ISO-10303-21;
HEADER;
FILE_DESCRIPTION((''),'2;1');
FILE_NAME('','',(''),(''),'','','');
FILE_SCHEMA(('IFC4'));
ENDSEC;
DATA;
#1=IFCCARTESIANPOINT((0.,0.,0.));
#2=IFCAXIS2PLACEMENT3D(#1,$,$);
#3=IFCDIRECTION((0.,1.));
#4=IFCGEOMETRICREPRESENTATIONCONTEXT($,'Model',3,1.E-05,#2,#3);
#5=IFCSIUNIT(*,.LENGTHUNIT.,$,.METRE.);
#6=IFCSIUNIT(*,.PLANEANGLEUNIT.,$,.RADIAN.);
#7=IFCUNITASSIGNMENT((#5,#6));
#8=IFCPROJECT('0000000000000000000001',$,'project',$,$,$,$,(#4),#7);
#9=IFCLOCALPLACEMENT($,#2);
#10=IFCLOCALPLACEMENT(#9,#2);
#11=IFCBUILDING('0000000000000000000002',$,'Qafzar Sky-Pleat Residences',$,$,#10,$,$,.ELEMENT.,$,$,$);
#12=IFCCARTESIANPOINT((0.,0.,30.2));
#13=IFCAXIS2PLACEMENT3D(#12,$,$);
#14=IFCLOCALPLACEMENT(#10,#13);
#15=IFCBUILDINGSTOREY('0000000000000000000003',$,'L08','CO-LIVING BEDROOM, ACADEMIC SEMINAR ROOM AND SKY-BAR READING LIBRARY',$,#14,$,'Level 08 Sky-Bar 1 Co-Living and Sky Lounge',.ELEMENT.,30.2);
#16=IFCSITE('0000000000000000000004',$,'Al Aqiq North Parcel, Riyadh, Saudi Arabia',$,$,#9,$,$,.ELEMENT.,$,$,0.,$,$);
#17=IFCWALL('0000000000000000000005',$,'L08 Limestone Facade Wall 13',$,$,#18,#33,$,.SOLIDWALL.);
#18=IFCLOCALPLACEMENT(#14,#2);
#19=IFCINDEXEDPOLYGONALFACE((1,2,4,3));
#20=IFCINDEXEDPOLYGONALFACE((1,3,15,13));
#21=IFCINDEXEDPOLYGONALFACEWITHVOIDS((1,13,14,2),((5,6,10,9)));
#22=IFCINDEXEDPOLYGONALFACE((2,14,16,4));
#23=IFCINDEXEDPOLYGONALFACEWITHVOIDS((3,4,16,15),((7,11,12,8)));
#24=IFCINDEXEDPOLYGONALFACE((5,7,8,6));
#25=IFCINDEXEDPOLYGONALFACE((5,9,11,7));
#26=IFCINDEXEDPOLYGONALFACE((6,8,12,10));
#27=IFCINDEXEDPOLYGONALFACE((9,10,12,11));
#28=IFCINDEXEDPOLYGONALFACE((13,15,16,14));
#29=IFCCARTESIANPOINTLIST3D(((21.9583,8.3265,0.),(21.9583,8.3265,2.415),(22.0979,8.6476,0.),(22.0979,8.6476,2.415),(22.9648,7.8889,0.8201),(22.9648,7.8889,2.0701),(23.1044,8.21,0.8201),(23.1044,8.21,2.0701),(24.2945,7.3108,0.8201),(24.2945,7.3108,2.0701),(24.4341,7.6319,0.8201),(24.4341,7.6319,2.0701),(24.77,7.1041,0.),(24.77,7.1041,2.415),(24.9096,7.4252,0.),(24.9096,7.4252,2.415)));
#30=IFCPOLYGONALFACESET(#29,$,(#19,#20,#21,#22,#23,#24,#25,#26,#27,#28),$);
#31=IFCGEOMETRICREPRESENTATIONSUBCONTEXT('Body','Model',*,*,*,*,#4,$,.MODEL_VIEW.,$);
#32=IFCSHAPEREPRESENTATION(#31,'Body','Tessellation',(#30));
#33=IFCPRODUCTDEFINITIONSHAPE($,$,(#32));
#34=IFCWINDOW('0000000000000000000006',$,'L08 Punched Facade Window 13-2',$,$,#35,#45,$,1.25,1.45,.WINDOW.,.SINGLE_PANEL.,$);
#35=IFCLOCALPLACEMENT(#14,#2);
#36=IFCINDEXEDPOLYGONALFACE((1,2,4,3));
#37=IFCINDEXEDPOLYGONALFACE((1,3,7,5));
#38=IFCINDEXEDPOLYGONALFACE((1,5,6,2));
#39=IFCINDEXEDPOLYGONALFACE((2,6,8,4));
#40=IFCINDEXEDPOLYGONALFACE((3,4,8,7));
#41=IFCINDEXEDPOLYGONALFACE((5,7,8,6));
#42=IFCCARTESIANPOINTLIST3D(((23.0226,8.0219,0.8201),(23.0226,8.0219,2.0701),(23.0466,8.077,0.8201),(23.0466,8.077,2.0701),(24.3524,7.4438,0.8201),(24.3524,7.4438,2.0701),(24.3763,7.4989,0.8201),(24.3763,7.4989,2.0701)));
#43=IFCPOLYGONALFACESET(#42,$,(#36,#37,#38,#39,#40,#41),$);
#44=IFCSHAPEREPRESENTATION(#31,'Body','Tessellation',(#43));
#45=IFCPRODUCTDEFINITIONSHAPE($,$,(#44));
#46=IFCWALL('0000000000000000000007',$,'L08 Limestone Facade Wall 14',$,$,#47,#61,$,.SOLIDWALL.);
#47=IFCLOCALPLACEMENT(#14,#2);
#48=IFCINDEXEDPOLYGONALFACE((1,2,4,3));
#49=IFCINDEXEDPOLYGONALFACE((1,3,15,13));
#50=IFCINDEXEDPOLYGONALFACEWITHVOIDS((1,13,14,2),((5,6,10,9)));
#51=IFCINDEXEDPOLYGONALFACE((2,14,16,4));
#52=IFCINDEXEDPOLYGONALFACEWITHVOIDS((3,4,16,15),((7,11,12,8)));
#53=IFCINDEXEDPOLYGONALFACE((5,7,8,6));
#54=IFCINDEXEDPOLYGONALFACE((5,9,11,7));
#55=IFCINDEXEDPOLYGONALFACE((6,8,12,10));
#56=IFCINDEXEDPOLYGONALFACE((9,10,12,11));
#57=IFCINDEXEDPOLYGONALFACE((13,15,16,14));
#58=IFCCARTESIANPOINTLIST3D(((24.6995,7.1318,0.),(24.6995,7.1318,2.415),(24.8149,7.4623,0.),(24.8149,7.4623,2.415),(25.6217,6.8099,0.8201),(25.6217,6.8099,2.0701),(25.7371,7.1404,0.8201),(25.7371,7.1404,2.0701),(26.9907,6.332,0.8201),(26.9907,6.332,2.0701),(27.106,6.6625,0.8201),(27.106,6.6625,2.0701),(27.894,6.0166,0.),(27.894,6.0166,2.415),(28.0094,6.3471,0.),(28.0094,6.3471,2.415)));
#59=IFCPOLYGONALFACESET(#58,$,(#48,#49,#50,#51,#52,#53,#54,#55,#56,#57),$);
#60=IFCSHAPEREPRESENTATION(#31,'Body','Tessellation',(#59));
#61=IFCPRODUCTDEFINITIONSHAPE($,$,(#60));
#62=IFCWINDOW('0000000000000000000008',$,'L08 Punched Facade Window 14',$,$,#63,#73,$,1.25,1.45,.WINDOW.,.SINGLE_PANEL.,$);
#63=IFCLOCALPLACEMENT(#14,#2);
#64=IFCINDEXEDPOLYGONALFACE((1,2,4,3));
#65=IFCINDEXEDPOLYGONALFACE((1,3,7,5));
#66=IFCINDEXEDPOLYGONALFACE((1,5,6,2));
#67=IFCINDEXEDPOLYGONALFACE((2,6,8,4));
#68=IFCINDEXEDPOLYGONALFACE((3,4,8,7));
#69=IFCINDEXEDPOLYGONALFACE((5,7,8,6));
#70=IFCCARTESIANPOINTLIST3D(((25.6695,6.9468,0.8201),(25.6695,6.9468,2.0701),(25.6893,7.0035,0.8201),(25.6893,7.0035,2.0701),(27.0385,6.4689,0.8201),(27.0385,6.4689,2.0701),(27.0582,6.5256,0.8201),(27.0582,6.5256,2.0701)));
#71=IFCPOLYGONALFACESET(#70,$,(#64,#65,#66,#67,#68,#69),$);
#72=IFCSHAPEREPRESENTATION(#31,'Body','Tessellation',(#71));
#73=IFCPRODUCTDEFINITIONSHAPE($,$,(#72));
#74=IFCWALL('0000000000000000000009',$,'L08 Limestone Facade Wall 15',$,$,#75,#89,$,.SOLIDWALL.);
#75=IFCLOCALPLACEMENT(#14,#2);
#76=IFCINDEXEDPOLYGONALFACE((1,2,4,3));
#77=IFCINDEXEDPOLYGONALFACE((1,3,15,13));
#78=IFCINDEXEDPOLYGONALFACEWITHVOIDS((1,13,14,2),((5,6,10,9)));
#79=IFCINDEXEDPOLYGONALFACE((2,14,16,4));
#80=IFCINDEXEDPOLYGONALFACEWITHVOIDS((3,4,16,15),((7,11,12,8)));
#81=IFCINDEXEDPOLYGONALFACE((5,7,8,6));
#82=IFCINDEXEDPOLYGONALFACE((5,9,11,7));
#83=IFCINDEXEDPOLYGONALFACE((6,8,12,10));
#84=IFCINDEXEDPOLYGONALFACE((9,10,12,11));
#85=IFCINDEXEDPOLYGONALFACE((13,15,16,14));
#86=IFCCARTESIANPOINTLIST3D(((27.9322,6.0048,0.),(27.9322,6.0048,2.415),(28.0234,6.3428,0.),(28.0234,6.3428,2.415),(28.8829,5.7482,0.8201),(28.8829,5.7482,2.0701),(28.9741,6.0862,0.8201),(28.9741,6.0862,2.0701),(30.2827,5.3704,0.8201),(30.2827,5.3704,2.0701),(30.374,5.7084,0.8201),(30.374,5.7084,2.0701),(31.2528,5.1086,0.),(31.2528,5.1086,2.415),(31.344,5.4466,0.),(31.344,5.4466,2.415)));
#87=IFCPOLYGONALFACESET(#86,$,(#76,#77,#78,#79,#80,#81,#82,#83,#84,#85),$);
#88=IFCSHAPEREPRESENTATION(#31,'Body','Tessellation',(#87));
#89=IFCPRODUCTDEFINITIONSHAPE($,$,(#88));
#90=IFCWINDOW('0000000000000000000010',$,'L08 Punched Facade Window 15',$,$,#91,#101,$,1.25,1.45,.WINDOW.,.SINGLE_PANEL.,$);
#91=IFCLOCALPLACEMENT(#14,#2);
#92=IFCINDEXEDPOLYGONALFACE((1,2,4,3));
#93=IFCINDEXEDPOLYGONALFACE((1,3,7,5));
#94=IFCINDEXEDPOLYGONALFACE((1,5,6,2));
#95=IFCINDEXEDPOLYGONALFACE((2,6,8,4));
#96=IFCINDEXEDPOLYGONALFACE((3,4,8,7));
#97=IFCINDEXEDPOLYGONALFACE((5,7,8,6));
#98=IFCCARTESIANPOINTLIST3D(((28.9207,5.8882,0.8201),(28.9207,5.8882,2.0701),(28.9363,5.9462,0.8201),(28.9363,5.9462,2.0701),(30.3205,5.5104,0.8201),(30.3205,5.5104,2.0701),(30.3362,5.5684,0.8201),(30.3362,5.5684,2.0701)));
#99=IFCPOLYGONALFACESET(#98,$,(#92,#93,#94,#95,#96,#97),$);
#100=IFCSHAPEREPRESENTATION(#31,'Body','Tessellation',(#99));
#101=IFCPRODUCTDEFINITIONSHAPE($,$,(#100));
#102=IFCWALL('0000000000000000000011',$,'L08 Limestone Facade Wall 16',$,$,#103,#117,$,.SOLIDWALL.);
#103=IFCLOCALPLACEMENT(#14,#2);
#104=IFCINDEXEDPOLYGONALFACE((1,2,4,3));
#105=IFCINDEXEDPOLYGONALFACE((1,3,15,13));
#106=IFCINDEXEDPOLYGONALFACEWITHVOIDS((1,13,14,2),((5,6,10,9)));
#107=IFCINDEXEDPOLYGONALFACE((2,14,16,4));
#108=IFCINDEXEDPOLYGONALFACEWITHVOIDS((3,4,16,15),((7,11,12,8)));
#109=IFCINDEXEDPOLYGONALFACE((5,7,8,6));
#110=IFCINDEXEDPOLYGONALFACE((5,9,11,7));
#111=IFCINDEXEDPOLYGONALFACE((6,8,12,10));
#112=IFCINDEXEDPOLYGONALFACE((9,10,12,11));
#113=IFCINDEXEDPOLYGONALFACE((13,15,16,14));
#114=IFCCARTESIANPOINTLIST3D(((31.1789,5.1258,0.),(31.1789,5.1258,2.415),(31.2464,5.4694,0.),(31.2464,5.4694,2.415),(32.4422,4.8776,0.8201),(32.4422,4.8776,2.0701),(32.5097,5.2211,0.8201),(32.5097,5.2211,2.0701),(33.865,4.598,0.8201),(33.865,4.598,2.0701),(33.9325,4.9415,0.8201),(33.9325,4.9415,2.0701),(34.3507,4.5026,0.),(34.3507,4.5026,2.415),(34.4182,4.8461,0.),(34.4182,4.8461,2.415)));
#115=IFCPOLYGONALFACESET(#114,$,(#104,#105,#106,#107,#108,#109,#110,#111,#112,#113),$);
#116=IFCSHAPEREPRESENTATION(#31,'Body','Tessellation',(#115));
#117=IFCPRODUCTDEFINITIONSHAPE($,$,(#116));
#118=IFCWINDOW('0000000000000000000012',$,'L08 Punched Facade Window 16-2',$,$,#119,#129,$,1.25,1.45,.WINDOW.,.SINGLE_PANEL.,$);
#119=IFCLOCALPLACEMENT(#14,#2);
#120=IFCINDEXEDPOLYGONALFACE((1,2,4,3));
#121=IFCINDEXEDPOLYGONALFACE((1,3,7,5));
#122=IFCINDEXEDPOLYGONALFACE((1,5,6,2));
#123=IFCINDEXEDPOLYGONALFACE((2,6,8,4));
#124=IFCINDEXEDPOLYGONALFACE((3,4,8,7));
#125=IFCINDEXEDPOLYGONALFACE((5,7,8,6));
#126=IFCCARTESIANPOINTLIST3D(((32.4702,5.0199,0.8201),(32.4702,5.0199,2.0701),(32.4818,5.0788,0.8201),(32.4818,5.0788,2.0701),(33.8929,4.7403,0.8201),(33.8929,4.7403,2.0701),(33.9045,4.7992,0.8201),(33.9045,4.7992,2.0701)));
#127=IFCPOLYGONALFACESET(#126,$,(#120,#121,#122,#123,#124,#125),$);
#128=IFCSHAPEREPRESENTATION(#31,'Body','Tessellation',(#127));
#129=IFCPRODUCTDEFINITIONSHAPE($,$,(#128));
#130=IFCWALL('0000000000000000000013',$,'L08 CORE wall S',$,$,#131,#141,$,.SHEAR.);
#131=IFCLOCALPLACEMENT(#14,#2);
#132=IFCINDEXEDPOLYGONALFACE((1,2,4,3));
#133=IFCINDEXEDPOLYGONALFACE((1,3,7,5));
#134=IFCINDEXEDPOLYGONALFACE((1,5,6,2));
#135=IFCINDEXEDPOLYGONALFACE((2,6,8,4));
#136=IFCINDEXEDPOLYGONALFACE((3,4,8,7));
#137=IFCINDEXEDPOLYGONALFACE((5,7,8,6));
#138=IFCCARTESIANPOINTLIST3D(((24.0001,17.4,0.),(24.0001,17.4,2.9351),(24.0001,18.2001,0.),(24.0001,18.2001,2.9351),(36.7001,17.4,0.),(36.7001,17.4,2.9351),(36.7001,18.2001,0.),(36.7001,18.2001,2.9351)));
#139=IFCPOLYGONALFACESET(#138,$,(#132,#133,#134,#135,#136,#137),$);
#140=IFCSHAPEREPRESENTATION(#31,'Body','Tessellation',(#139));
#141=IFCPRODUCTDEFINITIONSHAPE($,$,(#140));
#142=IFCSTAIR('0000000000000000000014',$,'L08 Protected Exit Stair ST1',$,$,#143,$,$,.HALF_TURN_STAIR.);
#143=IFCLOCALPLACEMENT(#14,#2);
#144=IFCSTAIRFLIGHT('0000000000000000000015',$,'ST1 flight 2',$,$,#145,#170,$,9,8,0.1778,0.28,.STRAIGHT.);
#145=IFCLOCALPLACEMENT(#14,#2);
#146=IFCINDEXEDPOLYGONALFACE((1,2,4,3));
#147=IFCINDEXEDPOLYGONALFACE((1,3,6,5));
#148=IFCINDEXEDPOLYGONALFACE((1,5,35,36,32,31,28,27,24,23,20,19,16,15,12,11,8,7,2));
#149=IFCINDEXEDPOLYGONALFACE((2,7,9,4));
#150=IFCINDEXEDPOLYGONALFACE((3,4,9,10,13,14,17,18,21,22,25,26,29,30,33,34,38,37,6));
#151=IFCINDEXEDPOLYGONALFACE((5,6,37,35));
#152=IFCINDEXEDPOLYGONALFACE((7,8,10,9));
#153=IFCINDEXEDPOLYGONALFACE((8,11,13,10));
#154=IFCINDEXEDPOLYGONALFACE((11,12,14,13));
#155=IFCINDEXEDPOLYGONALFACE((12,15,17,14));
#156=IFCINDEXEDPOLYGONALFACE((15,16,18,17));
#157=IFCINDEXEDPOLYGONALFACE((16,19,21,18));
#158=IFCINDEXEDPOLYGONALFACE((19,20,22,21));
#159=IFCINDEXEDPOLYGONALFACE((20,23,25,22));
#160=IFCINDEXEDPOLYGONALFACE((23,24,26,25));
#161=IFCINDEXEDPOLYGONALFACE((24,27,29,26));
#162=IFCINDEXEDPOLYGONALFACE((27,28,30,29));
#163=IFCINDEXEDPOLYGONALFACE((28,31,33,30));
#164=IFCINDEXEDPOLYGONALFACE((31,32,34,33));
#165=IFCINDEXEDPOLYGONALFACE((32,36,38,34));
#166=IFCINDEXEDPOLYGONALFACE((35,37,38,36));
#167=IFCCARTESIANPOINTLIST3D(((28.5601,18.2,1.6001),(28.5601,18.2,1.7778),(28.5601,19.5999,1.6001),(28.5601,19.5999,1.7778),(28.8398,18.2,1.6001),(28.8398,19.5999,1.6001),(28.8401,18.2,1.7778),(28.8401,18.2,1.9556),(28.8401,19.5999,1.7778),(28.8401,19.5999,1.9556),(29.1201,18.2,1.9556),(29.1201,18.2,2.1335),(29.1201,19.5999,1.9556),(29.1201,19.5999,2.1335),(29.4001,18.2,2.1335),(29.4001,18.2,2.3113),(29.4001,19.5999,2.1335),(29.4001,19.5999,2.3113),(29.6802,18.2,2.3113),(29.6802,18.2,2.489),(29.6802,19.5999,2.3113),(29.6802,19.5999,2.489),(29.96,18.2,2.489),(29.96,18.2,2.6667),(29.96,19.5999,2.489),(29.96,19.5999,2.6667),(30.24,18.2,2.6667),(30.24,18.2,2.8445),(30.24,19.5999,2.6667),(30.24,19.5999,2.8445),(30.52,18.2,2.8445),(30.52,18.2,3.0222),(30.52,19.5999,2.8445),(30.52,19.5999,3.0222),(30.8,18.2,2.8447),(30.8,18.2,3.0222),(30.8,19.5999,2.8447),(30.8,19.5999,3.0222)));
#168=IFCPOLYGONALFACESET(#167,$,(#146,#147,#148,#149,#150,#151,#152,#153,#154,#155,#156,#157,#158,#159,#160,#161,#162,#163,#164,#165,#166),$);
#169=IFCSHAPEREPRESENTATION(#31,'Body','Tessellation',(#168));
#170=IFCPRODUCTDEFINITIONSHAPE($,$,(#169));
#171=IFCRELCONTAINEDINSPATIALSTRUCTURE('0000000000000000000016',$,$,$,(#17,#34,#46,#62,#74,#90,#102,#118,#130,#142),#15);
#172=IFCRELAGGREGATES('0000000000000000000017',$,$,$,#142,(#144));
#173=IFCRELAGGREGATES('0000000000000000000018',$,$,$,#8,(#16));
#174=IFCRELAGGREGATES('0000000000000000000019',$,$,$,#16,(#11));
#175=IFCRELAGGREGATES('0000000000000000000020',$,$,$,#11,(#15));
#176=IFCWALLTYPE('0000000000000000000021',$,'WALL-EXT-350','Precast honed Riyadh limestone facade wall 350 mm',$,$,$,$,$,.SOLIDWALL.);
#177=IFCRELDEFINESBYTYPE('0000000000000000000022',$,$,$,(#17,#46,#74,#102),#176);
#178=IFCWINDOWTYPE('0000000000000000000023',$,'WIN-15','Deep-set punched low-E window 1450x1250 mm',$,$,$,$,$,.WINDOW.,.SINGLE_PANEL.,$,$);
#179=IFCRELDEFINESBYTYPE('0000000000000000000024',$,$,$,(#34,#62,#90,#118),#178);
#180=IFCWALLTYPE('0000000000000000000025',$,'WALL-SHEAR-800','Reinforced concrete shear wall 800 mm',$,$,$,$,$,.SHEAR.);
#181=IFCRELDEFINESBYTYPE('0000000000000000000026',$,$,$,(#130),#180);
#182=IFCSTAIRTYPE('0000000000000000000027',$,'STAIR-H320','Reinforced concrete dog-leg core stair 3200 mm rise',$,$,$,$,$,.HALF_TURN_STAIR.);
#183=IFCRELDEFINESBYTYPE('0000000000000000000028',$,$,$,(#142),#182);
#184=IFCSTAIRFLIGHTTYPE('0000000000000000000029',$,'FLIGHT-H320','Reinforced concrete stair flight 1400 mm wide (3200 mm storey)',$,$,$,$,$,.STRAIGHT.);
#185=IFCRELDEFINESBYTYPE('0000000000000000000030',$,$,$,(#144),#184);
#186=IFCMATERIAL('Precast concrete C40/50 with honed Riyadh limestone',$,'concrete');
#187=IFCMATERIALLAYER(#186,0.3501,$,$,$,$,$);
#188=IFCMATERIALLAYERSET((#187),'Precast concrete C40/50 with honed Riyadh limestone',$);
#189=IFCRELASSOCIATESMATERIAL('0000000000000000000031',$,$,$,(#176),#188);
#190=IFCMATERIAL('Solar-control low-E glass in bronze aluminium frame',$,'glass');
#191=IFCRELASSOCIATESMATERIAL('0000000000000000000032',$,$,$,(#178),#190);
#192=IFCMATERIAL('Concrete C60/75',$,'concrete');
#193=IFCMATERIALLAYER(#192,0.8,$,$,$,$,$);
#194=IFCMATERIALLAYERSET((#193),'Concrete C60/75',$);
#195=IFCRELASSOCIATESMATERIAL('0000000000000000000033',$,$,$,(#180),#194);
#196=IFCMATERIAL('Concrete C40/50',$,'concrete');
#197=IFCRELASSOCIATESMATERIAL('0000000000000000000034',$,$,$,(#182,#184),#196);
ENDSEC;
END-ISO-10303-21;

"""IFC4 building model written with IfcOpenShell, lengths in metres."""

from ifc_helpers import new_model, si_unit, direction, frame, frame_2d, origin, place, context, subcontext, project, spatial, polyline, rectangle, outline, extrude, source, transform, mapped, material, layer, layer_set, type_object, element, fill, aggregate, save


model = new_model("IFC4")

# Units and contexts
model_context = context("Model", 3, precision=1e-05, world=origin(), true_north=direction((0.0, 1.0)))
body_context = subcontext(model_context, "Body", "Model", "MODEL_VIEW")
ifc_project = project(units=[si_unit("LENGTHUNIT", "METRE"), si_unit("PLANEANGLEUNIT", "RADIAN")], contexts=[model_context])

# Site, building, storey
site_placement = place(None, origin())
site = spatial("IfcSite", under=ifc_project, at=site_placement, Name="Al Aqiq North Parcel, Riyadh, Saudi Arabia", CompositionType="ELEMENT", RefElevation=0.0)
building_placement = place(site_placement, origin())
building = spatial("IfcBuilding", under=site, at=building_placement, Name="Qafzar Sky-Pleat Residences", CompositionType="ELEMENT")
storey_placement = place(building_placement, frame((0.0, 0.0, 30.2)))
storey = spatial("IfcBuildingStorey", under=building, at=storey_placement, Name="L08", Description="CO-LIVING BEDROOM, ACADEMIC SEMINAR ROOM AND SKY-BAR READING LIBRARY", LongName="Level 08 Sky-Bar 1 Co-Living and Sky Lounge", CompositionType="ELEMENT", Elevation=30.2)

# Shared definitions
ifc_material_1 = material(Name="Concrete C60/75", Category="concrete")

# Walls, openings, windows
ifc_material_2 = material(Name="Precast concrete C40/50 with honed Riyadh limestone", Category="concrete")
ifc_layer_1 = layer(ifc_material_2, 0.3501)
ifc_layer_set_1 = layer_set([ifc_layer_1], Name="Precast concrete C40/50 with honed Riyadh limestone")
wall_type_1 = type_object("IfcWallType", Name="WALL-EXT-350", Description="Precast honed Riyadh limestone facade wall 350 mm", PredefinedType="SOLIDWALL", material=ifc_layer_set_1)
wall_1_placement = place(storey_placement, frame((22.0281, 8.4871, 0.0), z_axis=(0.0, 0.0, 1.0), x_axis=(0.917081, -0.3987, 0.0)))
wall_1 = element("IfcWall", 1, at=wall_1_placement, inside=storey, type_object=wall_type_1, Name="L08 Limestone Facade Wall 13", PredefinedType="SOLIDWALL", context=body_context, shape_type="SweptSolid", body=[
    extrude(rectangle(XDim=3.0659, YDim=0.3501, at=frame_2d((1.533, 0.0))), origin(), (0.0, 0.0, 1.0), 2.415),
])
opening_1_placement = place(wall_1_placement, frame((1.0974, 0.0, 0.8201)))
opening_1 = element("IfcOpeningElement", 2, at=opening_1_placement, cuts=wall_1, PredefinedType="OPENING", context=body_context, shape_type="SweptSolid", body=[
    extrude(rectangle(XDim=1.45, YDim=1.25, at=frame_2d((0.7251, 0.625))), frame((0.0, 0.1851, 0.0), z_axis=(0.0, -1.0, 0.0), x_axis=(1.0, 0.0, 0.0)), (0.0, 0.0, 1.0), 0.3701),
])
ifc_material_3 = material(Name="Solar-control low-E glass in bronze aluminium frame", Category="glass")
window_type = type_object("IfcWindowType", Name="WIN-15", Description="Deep-set punched low-E window 1450x1250 mm", PartitioningType="SINGLE_PANEL", PredefinedType="WINDOW", material=ifc_material_3)
shared_shape_1 = source(origin(), body_context, "Body", "SweptSolid", [
    extrude(rectangle(XDim=1.45, YDim=1.25, at=frame_2d((0.7251, 0.625))), frame((0.0, 0.03, 0.0), z_axis=(0.0, -1.0, 0.0), x_axis=(1.0, 0.0, 0.0)), (0.0, 0.0, 1.0), 0.0601),
])
window_1_placement = place(opening_1_placement, origin())
window_1 = element("IfcWindow", 3, at=window_1_placement, inside=storey, type_object=window_type, Name="L08 Punched Facade Window 13-2", OverallHeight=1.25, OverallWidth=1.45, PartitioningType="SINGLE_PANEL", PredefinedType="WINDOW", context=body_context, shape_type="MappedRepresentation", body=[
    mapped(shared_shape_1, transform((0.0, 0.0, 0.0), x_axis=(1.0, 0.0, 0.0), y_axis=(0.0, 1.0, 0.0), z_axis=(0.0, 0.0, 1.0), scale=1.0)),
])
fill(opening_1, window_1)
wall_2_placement = place(storey_placement, frame((24.7571, 7.2971, 0.0), z_axis=(0.0, 0.0, 1.0), x_axis=(0.944122, -0.329595, 0.0)))
wall_2 = element("IfcWall", 4, at=wall_2_placement, inside=storey, type_object=wall_type_1, Name="L08 Limestone Facade Wall 14", PredefinedType="SOLIDWALL", context=body_context, shape_type="SweptSolid", body=[
    extrude(rectangle(XDim=3.3835, YDim=0.3501, at=frame_2d((1.6919, 0.0))), origin(), (0.0, 0.0, 1.0), 2.415),
])
opening_2_placement = place(wall_2_placement, frame((0.9768, 0.0, 0.8201)))
opening_2 = element("IfcOpeningElement", 5, at=opening_2_placement, cuts=wall_2, PredefinedType="OPENING", context=body_context, shape_type="SweptSolid", body=[
    extrude(rectangle(XDim=1.45, YDim=1.25, at=frame_2d((0.7251, 0.625))), frame((0.0, 0.1851, 0.0), z_axis=(0.0, -1.0, 0.0), x_axis=(1.0, 0.0, 0.0)), (0.0, 0.0, 1.0), 0.3701),
])
window_2_placement = place(opening_2_placement, origin())
window_2 = element("IfcWindow", 6, at=window_2_placement, inside=storey, type_object=window_type, Name="L08 Punched Facade Window 14", OverallHeight=1.25, OverallWidth=1.45, PartitioningType="SINGLE_PANEL", PredefinedType="WINDOW", context=body_context, shape_type="MappedRepresentation", body=[
    mapped(shared_shape_1, transform((0.0, 0.0, 0.0), x_axis=(1.0, 0.0, 0.0), y_axis=(0.0, 1.0, 0.0), z_axis=(0.0, 0.0, 1.0), scale=1.0)),
])
fill(opening_2, window_2)
wall_3_placement = place(storey_placement, frame((27.9778, 6.1738, 0.0), z_axis=(0.0, 0.0, 1.0), x_axis=(0.965452, -0.260582, 0.0)))
wall_3 = element("IfcWall", 7, at=wall_3_placement, inside=storey, type_object=wall_type_1, Name="L08 Limestone Facade Wall 15", PredefinedType="SOLIDWALL", context=body_context, shape_type="SweptSolid", body=[
    extrude(rectangle(XDim=3.4395, YDim=0.3501, at=frame_2d((1.7197, 0.0))), origin(), (0.0, 0.0, 1.0), 2.415),
])
opening_3_placement = place(wall_3_placement, frame((0.9846, 0.0, 0.8201)))
opening_3 = element("IfcOpeningElement", 8, at=opening_3_placement, cuts=wall_3, PredefinedType="OPENING", context=body_context, shape_type="SweptSolid", body=[
    extrude(rectangle(XDim=1.45, YDim=1.25, at=frame_2d((0.7251, 0.625))), frame((0.0, 0.1851, 0.0), z_axis=(0.0, -1.0, 0.0), x_axis=(1.0, 0.0, 0.0)), (0.0, 0.0, 1.0), 0.3701),
])
window_3_placement = place(opening_3_placement, origin())
window_3 = element("IfcWindow", 9, at=window_3_placement, inside=storey, type_object=window_type, Name="L08 Punched Facade Window 15", OverallHeight=1.25, OverallWidth=1.45, PartitioningType="SINGLE_PANEL", PredefinedType="WINDOW", context=body_context, shape_type="MappedRepresentation", body=[
    mapped(shared_shape_1, transform((0.0, 0.0, 0.0), x_axis=(1.0, 0.0, 0.0), y_axis=(0.0, 1.0, 0.0), z_axis=(0.0, 0.0, 1.0), scale=1.0)),
])
fill(opening_3, window_3)
wall_4_placement = place(storey_placement, frame((31.2126, 5.2976, 0.0), z_axis=(0.0, 0.0, 1.0), x_axis=(0.981235, -0.192818, 0.0)))
wall_4 = element("IfcWall", 10, at=wall_4_placement, inside=storey, type_object=wall_type_1, Name="L08 Limestone Facade Wall 16", PredefinedType="SOLIDWALL", context=body_context, shape_type="SweptSolid", body=[
    extrude(rectangle(XDim=3.2324, YDim=0.3501, at=frame_2d((1.6162, 0.0))), origin(), (0.0, 0.0, 1.0), 2.415),
])
opening_4_placement = place(wall_4_placement, frame((1.2874, 0.0, 0.8201)))
opening_4 = element("IfcOpeningElement", 11, at=opening_4_placement, cuts=wall_4, PredefinedType="OPENING", context=body_context, shape_type="SweptSolid", body=[
    extrude(rectangle(XDim=1.45, YDim=1.25, at=frame_2d((0.7251, 0.625))), frame((0.0, 0.1851, 0.0), z_axis=(0.0, -1.0, 0.0), x_axis=(1.0, 0.0, 0.0)), (0.0, 0.0, 1.0), 0.3701),
])
window_4_placement = place(opening_4_placement, origin())
window_4 = element("IfcWindow", 12, at=window_4_placement, inside=storey, type_object=window_type, Name="L08 Punched Facade Window 16-2", OverallHeight=1.25, OverallWidth=1.45, PartitioningType="SINGLE_PANEL", PredefinedType="WINDOW", context=body_context, shape_type="MappedRepresentation", body=[
    mapped(shared_shape_1, transform((0.0, 0.0, 0.0), x_axis=(1.0, 0.0, 0.0), y_axis=(0.0, 1.0, 0.0), z_axis=(0.0, 0.0, 1.0), scale=1.0)),
])
fill(opening_4, window_4)

# Wall
ifc_layer_2 = layer(ifc_material_1, 0.8)
ifc_layer_set_2 = layer_set([ifc_layer_2], Name="Concrete C60/75")
wall_type_2 = type_object("IfcWallType", Name="WALL-SHEAR-800", Description="Reinforced concrete shear wall 800 mm", PredefinedType="SHEAR", material=ifc_layer_set_2)
wall_5_placement = place(storey_placement, frame((24.0, 17.8, 0.0), z_axis=(0.0, 0.0, 1.0), x_axis=(1.0, 0.0, 0.0)))
element("IfcWall", 13, at=wall_5_placement, inside=storey, type_object=wall_type_2, Name="L08 CORE wall S", PredefinedType="SHEAR", context=body_context, shape_type="SweptSolid", body=[
    extrude(rectangle(XDim=12.7, YDim=0.8, at=frame_2d((6.3501, 0.0))), origin(), (0.0, 0.0, 1.0), 2.9351),
])

# Stair, stair flight
ifc_material_4 = material(Name="Concrete C40/50", Category="concrete")
stair_type = type_object("IfcStairType", Name="STAIR-H320", Description="Reinforced concrete dog-leg core stair 3200 mm rise", PredefinedType="HALF_TURN_STAIR", material=ifc_material_4)
stair_placement = place(storey_placement, origin())
stair = element("IfcStair", 14, at=stair_placement, inside=storey, type_object=stair_type, Name="L08 Protected Exit Stair ST1", PredefinedType="HALF_TURN_STAIR")
stair_flight_type = type_object("IfcStairFlightType", Name="FLIGHT-H320", Description="Reinforced concrete stair flight 1400 mm wide (3200 mm storey)", PredefinedType="STRAIGHT", material=ifc_material_4)
shared_shape_2 = source(origin(), body_context, "Body", "SweptSolid", [
    extrude(outline(polyline([(0.0, 0.0), (0.0, 0.1777), (0.28, 0.1777), (0.28, 0.3555), (0.5601, 0.3555), (0.5601, 0.5334), (0.8401, 0.5334), (0.8401, 0.7112), (1.1201, 0.7112), (1.1201, 0.8889), (1.3999, 0.8889), (1.3999, 1.0667), (1.6799, 1.0667), (1.6799, 1.2444), (1.96, 1.2444), (1.96, 1.4221), (2.24, 1.4221), (2.24, 1.6001), (2.24, 1.2446), (0.2798, 0.0), (0.0, 0.0)])), frame((0.0, 0.7, 0.0), z_axis=(0.0, -1.0, 0.0), x_axis=(1.0, 0.0, 0.0)), (0.0, 0.0, 1.0), 1.3999),
])
stair_flight_placement = place(storey_placement, frame((28.5601, 18.8999, 1.6001), z_axis=(0.0, 0.0, 1.0), x_axis=(1.0, 0.0, 0.0)))
stair_flight = element("IfcStairFlight", 15, at=stair_flight_placement, type_object=stair_flight_type, Name="ST1 flight 2", NumberOfRisers=9, NumberOfTreads=8, PredefinedType="STRAIGHT", RiserHeight=0.1778, TreadLength=0.28, context=body_context, shape_type="MappedRepresentation", body=[
    mapped(shared_shape_2, transform((0.0, 0.0, 0.0), x_axis=(1.0, 0.0, 0.0), y_axis=(0.0, 1.0, 0.0), z_axis=(0.0, 0.0, 1.0), scale=1.0)),
])
aggregate(stair, [stair_flight])

save(model, "model.ifc")
